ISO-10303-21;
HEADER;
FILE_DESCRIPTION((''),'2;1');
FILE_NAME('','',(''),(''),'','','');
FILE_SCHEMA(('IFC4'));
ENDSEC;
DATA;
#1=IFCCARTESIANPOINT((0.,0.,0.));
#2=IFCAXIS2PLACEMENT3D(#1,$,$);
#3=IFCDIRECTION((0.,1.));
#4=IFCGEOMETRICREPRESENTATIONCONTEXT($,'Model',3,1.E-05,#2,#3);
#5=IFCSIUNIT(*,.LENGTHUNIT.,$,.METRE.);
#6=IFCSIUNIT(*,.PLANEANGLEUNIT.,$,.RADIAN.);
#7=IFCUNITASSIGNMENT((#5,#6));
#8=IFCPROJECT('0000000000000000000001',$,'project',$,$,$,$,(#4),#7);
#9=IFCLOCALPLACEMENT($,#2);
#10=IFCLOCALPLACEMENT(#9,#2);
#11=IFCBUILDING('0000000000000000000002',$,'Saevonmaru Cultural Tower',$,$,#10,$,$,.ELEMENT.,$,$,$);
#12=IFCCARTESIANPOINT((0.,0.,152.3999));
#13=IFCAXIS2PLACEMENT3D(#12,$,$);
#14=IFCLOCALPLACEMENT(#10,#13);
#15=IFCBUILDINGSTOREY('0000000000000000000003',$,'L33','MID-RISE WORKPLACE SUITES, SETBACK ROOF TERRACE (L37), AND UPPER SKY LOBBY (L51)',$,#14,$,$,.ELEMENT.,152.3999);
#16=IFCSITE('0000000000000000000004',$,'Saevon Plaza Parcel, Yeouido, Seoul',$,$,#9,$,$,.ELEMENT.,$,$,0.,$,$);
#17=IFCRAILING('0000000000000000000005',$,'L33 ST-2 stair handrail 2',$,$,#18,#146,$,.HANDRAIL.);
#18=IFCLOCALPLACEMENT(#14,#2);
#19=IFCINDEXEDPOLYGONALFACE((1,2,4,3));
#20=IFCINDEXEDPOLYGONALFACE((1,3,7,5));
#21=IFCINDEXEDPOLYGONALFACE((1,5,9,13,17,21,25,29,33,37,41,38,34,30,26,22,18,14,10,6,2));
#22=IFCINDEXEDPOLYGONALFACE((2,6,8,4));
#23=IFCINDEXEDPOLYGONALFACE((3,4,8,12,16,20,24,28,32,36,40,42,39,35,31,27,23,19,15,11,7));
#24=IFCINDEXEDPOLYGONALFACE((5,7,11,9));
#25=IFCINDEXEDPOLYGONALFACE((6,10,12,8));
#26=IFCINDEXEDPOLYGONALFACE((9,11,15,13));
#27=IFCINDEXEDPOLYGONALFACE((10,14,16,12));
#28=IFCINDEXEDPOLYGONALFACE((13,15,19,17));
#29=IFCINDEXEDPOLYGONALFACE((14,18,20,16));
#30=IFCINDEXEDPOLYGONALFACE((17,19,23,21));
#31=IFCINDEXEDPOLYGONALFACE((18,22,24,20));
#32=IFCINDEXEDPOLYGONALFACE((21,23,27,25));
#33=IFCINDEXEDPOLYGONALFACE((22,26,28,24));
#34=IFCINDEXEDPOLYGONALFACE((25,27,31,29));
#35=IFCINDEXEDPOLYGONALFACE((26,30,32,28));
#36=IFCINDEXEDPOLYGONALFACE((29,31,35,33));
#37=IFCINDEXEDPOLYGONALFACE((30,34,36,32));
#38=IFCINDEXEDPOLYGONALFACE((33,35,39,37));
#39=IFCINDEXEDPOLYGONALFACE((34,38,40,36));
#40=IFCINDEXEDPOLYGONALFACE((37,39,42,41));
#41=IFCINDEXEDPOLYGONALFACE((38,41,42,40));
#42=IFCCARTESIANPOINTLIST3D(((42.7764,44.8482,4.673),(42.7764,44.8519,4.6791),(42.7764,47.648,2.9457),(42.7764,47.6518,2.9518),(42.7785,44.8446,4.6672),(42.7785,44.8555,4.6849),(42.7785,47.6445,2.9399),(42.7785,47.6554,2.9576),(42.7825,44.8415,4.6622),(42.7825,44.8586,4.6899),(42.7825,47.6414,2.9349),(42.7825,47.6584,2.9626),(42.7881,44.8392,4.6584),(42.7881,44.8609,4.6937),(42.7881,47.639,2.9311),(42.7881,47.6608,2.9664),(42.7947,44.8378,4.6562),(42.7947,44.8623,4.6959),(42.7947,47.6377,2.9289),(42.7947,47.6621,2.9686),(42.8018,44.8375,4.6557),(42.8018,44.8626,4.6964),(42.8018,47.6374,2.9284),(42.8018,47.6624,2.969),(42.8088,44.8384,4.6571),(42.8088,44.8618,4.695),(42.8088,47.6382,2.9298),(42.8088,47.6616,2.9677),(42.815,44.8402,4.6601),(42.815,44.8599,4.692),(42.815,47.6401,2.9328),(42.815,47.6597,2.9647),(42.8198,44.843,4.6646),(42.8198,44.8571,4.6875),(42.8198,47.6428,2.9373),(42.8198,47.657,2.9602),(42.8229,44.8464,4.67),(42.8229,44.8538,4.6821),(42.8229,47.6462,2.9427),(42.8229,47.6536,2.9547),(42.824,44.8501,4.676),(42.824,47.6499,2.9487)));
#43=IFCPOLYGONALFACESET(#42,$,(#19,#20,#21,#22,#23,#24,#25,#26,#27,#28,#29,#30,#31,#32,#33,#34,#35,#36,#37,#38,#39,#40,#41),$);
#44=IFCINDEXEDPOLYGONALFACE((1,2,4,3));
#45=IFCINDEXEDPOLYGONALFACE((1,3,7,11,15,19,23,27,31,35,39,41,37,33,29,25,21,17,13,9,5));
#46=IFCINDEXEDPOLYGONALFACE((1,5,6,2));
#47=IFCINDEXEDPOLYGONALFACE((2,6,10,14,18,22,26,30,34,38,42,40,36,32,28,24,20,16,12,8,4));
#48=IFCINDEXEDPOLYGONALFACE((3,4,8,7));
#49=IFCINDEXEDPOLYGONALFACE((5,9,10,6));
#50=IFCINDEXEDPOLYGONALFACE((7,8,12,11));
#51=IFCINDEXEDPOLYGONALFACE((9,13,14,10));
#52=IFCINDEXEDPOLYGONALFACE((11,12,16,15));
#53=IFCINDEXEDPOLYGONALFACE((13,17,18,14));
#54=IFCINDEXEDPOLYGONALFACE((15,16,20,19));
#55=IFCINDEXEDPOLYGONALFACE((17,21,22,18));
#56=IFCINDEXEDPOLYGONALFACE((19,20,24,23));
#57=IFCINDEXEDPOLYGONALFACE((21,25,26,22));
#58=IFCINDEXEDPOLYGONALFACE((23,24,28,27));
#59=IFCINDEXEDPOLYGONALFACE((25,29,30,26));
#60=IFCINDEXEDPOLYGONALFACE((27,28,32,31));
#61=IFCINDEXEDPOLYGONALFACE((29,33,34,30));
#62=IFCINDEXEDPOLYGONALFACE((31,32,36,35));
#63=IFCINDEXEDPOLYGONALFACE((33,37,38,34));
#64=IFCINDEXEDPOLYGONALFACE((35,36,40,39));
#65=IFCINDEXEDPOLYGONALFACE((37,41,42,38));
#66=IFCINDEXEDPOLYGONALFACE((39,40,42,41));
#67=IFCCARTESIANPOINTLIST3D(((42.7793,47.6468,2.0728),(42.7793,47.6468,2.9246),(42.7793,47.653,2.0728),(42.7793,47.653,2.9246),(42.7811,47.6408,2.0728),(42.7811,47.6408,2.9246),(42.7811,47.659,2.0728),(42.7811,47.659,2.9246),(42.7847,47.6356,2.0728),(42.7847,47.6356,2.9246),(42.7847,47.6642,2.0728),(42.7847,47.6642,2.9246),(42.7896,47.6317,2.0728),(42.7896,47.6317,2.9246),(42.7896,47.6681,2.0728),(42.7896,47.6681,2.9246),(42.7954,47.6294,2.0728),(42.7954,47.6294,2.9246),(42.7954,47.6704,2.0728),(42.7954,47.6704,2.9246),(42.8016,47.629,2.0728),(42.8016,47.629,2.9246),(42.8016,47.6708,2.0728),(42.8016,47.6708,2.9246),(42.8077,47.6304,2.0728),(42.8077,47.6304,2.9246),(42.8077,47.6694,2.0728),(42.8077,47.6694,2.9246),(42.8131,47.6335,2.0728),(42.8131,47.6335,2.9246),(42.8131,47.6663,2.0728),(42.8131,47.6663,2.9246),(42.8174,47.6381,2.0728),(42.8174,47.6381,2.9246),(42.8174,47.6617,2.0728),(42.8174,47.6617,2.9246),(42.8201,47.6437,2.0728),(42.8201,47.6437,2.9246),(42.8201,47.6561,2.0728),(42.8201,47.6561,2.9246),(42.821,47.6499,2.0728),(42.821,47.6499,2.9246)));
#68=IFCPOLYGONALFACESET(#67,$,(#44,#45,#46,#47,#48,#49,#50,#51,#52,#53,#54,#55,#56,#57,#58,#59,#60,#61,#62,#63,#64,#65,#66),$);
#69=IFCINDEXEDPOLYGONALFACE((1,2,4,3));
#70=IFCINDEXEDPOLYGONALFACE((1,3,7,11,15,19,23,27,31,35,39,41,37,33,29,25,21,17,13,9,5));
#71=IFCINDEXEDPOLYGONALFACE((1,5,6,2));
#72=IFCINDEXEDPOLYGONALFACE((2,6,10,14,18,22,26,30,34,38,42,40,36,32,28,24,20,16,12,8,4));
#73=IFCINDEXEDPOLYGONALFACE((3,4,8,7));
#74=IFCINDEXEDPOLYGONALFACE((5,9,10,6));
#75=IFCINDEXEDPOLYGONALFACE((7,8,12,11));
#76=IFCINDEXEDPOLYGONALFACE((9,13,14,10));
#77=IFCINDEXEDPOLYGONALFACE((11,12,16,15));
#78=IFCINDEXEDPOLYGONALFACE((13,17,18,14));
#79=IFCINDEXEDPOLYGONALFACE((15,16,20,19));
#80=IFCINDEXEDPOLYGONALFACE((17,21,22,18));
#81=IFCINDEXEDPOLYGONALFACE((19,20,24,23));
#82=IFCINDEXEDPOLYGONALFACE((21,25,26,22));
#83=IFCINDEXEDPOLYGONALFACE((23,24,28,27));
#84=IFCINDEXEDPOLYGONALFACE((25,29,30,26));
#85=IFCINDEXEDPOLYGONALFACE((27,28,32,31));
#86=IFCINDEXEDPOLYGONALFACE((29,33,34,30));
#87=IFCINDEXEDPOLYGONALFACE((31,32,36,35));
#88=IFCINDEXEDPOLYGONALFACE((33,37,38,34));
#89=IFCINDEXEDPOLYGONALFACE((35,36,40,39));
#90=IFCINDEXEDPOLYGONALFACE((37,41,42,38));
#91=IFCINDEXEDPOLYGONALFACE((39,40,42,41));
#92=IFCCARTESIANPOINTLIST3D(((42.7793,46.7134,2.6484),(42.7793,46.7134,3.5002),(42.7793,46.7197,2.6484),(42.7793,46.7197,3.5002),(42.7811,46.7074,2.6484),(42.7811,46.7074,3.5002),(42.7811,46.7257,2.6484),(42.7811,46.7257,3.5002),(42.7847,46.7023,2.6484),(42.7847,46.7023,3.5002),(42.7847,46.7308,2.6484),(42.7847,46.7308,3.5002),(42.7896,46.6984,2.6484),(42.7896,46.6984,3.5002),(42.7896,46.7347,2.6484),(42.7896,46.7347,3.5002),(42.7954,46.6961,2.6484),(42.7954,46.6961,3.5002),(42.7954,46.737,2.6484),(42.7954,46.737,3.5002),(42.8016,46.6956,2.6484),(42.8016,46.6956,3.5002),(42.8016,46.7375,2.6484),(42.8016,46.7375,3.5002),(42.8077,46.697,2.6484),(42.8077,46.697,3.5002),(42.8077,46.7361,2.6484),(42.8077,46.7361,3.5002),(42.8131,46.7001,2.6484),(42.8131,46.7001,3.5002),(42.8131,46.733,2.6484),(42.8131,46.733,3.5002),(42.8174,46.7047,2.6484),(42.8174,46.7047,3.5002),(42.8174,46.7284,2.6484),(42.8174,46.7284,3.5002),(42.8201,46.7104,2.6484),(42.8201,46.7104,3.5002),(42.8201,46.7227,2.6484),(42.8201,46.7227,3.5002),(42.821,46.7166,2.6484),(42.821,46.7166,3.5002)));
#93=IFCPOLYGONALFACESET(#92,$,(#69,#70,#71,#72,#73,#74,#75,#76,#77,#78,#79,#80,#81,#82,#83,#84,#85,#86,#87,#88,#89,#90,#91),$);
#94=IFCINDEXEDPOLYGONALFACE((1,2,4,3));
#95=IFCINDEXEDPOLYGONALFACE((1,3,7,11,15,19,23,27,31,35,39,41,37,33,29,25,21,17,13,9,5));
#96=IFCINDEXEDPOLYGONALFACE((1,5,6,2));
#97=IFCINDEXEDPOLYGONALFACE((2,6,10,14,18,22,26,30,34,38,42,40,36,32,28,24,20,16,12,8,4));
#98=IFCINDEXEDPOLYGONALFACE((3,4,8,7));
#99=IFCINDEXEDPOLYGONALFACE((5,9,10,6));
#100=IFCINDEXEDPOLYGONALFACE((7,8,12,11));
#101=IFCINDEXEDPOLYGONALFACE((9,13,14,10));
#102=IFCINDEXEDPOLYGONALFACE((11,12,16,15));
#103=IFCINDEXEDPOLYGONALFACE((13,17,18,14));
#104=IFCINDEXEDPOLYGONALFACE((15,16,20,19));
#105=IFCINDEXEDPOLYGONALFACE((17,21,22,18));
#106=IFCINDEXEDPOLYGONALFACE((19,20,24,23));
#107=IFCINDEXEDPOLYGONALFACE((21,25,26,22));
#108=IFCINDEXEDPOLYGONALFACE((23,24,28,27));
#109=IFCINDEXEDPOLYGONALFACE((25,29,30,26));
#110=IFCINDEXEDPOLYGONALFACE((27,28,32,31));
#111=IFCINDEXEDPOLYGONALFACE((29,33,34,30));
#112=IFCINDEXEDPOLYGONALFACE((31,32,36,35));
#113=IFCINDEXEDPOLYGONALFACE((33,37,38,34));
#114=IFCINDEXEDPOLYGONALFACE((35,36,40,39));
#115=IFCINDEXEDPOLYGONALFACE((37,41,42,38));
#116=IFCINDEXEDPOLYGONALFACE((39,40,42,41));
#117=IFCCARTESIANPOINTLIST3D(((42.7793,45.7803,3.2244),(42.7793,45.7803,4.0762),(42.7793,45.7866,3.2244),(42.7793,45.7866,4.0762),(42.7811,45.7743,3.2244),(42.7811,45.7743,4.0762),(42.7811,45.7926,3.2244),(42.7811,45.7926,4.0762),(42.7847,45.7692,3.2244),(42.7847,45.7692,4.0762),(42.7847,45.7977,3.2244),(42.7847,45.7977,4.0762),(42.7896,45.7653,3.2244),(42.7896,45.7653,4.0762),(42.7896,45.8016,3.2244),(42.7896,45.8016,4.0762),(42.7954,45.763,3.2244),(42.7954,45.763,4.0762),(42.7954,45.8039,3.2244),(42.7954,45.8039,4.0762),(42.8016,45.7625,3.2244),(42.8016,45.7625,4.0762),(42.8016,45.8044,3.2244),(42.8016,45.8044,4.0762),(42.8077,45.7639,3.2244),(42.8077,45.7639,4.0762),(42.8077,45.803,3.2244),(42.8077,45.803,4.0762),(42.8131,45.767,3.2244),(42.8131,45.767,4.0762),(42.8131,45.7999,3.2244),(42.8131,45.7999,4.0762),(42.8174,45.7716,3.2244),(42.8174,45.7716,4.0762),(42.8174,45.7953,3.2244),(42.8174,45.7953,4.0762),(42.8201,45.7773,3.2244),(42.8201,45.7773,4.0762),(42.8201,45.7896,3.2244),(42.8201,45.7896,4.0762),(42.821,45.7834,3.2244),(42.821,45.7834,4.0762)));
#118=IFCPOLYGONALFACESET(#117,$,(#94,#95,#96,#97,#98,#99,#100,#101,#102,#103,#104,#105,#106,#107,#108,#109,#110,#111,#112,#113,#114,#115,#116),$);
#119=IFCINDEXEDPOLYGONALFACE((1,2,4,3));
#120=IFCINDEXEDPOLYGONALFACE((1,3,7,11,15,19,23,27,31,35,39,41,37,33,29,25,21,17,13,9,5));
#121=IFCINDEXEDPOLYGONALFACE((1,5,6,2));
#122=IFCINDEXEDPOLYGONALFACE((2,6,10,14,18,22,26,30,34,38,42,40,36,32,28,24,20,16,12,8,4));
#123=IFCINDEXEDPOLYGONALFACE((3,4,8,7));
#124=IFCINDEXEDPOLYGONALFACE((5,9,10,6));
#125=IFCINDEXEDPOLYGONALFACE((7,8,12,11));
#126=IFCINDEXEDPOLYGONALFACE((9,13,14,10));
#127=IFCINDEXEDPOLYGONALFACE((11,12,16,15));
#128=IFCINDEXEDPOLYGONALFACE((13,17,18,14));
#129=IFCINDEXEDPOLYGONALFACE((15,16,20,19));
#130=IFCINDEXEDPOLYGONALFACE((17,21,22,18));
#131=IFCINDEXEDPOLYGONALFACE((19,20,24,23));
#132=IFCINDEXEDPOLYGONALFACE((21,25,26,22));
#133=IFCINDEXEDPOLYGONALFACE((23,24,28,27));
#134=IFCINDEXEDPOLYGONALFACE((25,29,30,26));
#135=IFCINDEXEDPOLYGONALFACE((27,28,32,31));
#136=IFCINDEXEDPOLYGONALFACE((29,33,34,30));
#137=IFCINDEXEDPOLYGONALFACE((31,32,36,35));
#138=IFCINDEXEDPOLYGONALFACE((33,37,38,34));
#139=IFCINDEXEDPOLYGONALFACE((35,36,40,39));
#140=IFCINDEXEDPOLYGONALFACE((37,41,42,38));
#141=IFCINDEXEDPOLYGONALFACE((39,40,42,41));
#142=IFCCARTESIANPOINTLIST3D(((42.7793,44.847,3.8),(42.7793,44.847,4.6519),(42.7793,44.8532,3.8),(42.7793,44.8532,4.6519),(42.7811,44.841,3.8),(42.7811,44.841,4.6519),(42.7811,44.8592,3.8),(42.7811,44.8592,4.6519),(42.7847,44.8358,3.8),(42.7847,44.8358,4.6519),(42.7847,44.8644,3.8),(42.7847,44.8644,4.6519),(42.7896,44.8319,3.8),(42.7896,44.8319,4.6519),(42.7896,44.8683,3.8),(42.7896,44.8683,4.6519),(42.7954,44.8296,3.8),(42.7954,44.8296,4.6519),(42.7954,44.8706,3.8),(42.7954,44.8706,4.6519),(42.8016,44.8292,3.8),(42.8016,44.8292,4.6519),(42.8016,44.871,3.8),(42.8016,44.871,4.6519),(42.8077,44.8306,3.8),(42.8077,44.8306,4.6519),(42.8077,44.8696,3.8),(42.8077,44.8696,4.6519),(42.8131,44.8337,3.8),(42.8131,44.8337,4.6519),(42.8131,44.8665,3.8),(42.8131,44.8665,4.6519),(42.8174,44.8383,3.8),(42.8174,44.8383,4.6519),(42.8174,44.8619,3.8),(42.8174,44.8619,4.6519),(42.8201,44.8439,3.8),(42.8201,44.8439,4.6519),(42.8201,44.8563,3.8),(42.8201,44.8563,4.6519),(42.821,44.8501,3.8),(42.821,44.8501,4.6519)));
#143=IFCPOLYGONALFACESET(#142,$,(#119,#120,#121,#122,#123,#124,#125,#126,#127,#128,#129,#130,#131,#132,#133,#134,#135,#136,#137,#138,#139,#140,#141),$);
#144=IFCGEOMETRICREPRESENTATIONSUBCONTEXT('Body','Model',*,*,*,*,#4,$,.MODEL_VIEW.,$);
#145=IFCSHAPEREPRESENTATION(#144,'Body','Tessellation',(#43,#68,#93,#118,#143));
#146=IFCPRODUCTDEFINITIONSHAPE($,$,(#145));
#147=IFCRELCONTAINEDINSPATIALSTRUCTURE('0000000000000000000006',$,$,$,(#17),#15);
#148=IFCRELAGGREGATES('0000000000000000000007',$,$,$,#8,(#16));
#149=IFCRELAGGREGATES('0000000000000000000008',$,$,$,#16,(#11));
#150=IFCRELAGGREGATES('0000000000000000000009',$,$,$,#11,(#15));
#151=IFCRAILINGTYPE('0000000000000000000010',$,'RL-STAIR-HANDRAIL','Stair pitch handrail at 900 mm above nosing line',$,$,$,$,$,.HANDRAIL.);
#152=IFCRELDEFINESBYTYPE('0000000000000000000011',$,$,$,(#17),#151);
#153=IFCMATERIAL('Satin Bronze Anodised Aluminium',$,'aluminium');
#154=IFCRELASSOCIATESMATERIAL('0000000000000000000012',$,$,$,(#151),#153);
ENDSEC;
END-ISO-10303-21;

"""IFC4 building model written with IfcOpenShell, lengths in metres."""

from ifc_helpers import new_model, si_unit, direction, frame, origin, origin_2d, place, context, subcontext, project, spatial, circle, extrude, material, type_object, element, save


model = new_model("IFC4")

# Units and contexts
model_context = context("Model", 3, precision=1e-05, world=origin(), true_north=direction((0.0, 1.0)))
body_context = subcontext(model_context, "Body", "Model", "MODEL_VIEW")
ifc_project = project(units=[si_unit("LENGTHUNIT", "METRE"), si_unit("PLANEANGLEUNIT", "RADIAN")], contexts=[model_context])

# Site, building, storey
site_placement = place(None, origin())
site = spatial("IfcSite", under=ifc_project, at=site_placement, Name="Saevon Plaza Parcel, Yeouido, Seoul", CompositionType="ELEMENT", RefElevation=0.0)
building_placement = place(site_placement, origin())
building = spatial("IfcBuilding", under=site, at=building_placement, Name="Saevonmaru Cultural Tower", CompositionType="ELEMENT")
storey_placement = place(building_placement, frame((0.0, 0.0, 152.3999)))
storey = spatial("IfcBuildingStorey", under=building, at=storey_placement, Name="L33", Description="MID-RISE WORKPLACE SUITES, SETBACK ROOF TERRACE (L37), AND UPPER SKY LOBBY (L51)", CompositionType="ELEMENT", Elevation=152.3999)

# Shared definitions
ifc_material_1 = material(Name="Satin Bronze Anodised Aluminium", Category="aluminium")

# Railing
railing_type_1 = type_object("IfcRailingType", Name="RL-STAIR-HANDRAIL", Description="Stair pitch handrail at 900 mm above nosing line", PredefinedType="HANDRAIL", material=ifc_material_1)
railing_1_placement = place(storey_placement, frame((42.8, 47.6499, 2.0728)))
element("IfcRailing", 1, at=railing_1_placement, inside=storey, type_object=railing_type_1, Name="L33 ST-2 stair handrail 2", PredefinedType="HANDRAIL", context=body_context, shape_type="SweptSolid", body=[
    extrude(circle(Radius=0.0239, at=origin_2d()), frame((0.0, 0.0, 0.876), z_axis=(0.0, -0.851069, 0.525054), x_axis=(1.0, 0.0, 0.0)), (0.0, 0.0, 1.0), 3.2898),
    extrude(circle(Radius=0.021, at=origin_2d()), origin(), (0.0, 0.0, 1.0), 0.8518),
    extrude(circle(Radius=0.021, at=origin_2d()), frame((0.0, -0.9333, 0.5757)), (0.0, 0.0, 1.0), 0.8518),
    extrude(circle(Radius=0.021, at=origin_2d()), frame((0.0, -1.8665, 1.1516)), (0.0, 0.0, 1.0), 0.8518),
    extrude(circle(Radius=0.021, at=origin_2d()), frame((0.0, -2.7998, 1.7273)), (0.0, 0.0, 1.0), 0.8518),
])

save(model, "model.ifc")
